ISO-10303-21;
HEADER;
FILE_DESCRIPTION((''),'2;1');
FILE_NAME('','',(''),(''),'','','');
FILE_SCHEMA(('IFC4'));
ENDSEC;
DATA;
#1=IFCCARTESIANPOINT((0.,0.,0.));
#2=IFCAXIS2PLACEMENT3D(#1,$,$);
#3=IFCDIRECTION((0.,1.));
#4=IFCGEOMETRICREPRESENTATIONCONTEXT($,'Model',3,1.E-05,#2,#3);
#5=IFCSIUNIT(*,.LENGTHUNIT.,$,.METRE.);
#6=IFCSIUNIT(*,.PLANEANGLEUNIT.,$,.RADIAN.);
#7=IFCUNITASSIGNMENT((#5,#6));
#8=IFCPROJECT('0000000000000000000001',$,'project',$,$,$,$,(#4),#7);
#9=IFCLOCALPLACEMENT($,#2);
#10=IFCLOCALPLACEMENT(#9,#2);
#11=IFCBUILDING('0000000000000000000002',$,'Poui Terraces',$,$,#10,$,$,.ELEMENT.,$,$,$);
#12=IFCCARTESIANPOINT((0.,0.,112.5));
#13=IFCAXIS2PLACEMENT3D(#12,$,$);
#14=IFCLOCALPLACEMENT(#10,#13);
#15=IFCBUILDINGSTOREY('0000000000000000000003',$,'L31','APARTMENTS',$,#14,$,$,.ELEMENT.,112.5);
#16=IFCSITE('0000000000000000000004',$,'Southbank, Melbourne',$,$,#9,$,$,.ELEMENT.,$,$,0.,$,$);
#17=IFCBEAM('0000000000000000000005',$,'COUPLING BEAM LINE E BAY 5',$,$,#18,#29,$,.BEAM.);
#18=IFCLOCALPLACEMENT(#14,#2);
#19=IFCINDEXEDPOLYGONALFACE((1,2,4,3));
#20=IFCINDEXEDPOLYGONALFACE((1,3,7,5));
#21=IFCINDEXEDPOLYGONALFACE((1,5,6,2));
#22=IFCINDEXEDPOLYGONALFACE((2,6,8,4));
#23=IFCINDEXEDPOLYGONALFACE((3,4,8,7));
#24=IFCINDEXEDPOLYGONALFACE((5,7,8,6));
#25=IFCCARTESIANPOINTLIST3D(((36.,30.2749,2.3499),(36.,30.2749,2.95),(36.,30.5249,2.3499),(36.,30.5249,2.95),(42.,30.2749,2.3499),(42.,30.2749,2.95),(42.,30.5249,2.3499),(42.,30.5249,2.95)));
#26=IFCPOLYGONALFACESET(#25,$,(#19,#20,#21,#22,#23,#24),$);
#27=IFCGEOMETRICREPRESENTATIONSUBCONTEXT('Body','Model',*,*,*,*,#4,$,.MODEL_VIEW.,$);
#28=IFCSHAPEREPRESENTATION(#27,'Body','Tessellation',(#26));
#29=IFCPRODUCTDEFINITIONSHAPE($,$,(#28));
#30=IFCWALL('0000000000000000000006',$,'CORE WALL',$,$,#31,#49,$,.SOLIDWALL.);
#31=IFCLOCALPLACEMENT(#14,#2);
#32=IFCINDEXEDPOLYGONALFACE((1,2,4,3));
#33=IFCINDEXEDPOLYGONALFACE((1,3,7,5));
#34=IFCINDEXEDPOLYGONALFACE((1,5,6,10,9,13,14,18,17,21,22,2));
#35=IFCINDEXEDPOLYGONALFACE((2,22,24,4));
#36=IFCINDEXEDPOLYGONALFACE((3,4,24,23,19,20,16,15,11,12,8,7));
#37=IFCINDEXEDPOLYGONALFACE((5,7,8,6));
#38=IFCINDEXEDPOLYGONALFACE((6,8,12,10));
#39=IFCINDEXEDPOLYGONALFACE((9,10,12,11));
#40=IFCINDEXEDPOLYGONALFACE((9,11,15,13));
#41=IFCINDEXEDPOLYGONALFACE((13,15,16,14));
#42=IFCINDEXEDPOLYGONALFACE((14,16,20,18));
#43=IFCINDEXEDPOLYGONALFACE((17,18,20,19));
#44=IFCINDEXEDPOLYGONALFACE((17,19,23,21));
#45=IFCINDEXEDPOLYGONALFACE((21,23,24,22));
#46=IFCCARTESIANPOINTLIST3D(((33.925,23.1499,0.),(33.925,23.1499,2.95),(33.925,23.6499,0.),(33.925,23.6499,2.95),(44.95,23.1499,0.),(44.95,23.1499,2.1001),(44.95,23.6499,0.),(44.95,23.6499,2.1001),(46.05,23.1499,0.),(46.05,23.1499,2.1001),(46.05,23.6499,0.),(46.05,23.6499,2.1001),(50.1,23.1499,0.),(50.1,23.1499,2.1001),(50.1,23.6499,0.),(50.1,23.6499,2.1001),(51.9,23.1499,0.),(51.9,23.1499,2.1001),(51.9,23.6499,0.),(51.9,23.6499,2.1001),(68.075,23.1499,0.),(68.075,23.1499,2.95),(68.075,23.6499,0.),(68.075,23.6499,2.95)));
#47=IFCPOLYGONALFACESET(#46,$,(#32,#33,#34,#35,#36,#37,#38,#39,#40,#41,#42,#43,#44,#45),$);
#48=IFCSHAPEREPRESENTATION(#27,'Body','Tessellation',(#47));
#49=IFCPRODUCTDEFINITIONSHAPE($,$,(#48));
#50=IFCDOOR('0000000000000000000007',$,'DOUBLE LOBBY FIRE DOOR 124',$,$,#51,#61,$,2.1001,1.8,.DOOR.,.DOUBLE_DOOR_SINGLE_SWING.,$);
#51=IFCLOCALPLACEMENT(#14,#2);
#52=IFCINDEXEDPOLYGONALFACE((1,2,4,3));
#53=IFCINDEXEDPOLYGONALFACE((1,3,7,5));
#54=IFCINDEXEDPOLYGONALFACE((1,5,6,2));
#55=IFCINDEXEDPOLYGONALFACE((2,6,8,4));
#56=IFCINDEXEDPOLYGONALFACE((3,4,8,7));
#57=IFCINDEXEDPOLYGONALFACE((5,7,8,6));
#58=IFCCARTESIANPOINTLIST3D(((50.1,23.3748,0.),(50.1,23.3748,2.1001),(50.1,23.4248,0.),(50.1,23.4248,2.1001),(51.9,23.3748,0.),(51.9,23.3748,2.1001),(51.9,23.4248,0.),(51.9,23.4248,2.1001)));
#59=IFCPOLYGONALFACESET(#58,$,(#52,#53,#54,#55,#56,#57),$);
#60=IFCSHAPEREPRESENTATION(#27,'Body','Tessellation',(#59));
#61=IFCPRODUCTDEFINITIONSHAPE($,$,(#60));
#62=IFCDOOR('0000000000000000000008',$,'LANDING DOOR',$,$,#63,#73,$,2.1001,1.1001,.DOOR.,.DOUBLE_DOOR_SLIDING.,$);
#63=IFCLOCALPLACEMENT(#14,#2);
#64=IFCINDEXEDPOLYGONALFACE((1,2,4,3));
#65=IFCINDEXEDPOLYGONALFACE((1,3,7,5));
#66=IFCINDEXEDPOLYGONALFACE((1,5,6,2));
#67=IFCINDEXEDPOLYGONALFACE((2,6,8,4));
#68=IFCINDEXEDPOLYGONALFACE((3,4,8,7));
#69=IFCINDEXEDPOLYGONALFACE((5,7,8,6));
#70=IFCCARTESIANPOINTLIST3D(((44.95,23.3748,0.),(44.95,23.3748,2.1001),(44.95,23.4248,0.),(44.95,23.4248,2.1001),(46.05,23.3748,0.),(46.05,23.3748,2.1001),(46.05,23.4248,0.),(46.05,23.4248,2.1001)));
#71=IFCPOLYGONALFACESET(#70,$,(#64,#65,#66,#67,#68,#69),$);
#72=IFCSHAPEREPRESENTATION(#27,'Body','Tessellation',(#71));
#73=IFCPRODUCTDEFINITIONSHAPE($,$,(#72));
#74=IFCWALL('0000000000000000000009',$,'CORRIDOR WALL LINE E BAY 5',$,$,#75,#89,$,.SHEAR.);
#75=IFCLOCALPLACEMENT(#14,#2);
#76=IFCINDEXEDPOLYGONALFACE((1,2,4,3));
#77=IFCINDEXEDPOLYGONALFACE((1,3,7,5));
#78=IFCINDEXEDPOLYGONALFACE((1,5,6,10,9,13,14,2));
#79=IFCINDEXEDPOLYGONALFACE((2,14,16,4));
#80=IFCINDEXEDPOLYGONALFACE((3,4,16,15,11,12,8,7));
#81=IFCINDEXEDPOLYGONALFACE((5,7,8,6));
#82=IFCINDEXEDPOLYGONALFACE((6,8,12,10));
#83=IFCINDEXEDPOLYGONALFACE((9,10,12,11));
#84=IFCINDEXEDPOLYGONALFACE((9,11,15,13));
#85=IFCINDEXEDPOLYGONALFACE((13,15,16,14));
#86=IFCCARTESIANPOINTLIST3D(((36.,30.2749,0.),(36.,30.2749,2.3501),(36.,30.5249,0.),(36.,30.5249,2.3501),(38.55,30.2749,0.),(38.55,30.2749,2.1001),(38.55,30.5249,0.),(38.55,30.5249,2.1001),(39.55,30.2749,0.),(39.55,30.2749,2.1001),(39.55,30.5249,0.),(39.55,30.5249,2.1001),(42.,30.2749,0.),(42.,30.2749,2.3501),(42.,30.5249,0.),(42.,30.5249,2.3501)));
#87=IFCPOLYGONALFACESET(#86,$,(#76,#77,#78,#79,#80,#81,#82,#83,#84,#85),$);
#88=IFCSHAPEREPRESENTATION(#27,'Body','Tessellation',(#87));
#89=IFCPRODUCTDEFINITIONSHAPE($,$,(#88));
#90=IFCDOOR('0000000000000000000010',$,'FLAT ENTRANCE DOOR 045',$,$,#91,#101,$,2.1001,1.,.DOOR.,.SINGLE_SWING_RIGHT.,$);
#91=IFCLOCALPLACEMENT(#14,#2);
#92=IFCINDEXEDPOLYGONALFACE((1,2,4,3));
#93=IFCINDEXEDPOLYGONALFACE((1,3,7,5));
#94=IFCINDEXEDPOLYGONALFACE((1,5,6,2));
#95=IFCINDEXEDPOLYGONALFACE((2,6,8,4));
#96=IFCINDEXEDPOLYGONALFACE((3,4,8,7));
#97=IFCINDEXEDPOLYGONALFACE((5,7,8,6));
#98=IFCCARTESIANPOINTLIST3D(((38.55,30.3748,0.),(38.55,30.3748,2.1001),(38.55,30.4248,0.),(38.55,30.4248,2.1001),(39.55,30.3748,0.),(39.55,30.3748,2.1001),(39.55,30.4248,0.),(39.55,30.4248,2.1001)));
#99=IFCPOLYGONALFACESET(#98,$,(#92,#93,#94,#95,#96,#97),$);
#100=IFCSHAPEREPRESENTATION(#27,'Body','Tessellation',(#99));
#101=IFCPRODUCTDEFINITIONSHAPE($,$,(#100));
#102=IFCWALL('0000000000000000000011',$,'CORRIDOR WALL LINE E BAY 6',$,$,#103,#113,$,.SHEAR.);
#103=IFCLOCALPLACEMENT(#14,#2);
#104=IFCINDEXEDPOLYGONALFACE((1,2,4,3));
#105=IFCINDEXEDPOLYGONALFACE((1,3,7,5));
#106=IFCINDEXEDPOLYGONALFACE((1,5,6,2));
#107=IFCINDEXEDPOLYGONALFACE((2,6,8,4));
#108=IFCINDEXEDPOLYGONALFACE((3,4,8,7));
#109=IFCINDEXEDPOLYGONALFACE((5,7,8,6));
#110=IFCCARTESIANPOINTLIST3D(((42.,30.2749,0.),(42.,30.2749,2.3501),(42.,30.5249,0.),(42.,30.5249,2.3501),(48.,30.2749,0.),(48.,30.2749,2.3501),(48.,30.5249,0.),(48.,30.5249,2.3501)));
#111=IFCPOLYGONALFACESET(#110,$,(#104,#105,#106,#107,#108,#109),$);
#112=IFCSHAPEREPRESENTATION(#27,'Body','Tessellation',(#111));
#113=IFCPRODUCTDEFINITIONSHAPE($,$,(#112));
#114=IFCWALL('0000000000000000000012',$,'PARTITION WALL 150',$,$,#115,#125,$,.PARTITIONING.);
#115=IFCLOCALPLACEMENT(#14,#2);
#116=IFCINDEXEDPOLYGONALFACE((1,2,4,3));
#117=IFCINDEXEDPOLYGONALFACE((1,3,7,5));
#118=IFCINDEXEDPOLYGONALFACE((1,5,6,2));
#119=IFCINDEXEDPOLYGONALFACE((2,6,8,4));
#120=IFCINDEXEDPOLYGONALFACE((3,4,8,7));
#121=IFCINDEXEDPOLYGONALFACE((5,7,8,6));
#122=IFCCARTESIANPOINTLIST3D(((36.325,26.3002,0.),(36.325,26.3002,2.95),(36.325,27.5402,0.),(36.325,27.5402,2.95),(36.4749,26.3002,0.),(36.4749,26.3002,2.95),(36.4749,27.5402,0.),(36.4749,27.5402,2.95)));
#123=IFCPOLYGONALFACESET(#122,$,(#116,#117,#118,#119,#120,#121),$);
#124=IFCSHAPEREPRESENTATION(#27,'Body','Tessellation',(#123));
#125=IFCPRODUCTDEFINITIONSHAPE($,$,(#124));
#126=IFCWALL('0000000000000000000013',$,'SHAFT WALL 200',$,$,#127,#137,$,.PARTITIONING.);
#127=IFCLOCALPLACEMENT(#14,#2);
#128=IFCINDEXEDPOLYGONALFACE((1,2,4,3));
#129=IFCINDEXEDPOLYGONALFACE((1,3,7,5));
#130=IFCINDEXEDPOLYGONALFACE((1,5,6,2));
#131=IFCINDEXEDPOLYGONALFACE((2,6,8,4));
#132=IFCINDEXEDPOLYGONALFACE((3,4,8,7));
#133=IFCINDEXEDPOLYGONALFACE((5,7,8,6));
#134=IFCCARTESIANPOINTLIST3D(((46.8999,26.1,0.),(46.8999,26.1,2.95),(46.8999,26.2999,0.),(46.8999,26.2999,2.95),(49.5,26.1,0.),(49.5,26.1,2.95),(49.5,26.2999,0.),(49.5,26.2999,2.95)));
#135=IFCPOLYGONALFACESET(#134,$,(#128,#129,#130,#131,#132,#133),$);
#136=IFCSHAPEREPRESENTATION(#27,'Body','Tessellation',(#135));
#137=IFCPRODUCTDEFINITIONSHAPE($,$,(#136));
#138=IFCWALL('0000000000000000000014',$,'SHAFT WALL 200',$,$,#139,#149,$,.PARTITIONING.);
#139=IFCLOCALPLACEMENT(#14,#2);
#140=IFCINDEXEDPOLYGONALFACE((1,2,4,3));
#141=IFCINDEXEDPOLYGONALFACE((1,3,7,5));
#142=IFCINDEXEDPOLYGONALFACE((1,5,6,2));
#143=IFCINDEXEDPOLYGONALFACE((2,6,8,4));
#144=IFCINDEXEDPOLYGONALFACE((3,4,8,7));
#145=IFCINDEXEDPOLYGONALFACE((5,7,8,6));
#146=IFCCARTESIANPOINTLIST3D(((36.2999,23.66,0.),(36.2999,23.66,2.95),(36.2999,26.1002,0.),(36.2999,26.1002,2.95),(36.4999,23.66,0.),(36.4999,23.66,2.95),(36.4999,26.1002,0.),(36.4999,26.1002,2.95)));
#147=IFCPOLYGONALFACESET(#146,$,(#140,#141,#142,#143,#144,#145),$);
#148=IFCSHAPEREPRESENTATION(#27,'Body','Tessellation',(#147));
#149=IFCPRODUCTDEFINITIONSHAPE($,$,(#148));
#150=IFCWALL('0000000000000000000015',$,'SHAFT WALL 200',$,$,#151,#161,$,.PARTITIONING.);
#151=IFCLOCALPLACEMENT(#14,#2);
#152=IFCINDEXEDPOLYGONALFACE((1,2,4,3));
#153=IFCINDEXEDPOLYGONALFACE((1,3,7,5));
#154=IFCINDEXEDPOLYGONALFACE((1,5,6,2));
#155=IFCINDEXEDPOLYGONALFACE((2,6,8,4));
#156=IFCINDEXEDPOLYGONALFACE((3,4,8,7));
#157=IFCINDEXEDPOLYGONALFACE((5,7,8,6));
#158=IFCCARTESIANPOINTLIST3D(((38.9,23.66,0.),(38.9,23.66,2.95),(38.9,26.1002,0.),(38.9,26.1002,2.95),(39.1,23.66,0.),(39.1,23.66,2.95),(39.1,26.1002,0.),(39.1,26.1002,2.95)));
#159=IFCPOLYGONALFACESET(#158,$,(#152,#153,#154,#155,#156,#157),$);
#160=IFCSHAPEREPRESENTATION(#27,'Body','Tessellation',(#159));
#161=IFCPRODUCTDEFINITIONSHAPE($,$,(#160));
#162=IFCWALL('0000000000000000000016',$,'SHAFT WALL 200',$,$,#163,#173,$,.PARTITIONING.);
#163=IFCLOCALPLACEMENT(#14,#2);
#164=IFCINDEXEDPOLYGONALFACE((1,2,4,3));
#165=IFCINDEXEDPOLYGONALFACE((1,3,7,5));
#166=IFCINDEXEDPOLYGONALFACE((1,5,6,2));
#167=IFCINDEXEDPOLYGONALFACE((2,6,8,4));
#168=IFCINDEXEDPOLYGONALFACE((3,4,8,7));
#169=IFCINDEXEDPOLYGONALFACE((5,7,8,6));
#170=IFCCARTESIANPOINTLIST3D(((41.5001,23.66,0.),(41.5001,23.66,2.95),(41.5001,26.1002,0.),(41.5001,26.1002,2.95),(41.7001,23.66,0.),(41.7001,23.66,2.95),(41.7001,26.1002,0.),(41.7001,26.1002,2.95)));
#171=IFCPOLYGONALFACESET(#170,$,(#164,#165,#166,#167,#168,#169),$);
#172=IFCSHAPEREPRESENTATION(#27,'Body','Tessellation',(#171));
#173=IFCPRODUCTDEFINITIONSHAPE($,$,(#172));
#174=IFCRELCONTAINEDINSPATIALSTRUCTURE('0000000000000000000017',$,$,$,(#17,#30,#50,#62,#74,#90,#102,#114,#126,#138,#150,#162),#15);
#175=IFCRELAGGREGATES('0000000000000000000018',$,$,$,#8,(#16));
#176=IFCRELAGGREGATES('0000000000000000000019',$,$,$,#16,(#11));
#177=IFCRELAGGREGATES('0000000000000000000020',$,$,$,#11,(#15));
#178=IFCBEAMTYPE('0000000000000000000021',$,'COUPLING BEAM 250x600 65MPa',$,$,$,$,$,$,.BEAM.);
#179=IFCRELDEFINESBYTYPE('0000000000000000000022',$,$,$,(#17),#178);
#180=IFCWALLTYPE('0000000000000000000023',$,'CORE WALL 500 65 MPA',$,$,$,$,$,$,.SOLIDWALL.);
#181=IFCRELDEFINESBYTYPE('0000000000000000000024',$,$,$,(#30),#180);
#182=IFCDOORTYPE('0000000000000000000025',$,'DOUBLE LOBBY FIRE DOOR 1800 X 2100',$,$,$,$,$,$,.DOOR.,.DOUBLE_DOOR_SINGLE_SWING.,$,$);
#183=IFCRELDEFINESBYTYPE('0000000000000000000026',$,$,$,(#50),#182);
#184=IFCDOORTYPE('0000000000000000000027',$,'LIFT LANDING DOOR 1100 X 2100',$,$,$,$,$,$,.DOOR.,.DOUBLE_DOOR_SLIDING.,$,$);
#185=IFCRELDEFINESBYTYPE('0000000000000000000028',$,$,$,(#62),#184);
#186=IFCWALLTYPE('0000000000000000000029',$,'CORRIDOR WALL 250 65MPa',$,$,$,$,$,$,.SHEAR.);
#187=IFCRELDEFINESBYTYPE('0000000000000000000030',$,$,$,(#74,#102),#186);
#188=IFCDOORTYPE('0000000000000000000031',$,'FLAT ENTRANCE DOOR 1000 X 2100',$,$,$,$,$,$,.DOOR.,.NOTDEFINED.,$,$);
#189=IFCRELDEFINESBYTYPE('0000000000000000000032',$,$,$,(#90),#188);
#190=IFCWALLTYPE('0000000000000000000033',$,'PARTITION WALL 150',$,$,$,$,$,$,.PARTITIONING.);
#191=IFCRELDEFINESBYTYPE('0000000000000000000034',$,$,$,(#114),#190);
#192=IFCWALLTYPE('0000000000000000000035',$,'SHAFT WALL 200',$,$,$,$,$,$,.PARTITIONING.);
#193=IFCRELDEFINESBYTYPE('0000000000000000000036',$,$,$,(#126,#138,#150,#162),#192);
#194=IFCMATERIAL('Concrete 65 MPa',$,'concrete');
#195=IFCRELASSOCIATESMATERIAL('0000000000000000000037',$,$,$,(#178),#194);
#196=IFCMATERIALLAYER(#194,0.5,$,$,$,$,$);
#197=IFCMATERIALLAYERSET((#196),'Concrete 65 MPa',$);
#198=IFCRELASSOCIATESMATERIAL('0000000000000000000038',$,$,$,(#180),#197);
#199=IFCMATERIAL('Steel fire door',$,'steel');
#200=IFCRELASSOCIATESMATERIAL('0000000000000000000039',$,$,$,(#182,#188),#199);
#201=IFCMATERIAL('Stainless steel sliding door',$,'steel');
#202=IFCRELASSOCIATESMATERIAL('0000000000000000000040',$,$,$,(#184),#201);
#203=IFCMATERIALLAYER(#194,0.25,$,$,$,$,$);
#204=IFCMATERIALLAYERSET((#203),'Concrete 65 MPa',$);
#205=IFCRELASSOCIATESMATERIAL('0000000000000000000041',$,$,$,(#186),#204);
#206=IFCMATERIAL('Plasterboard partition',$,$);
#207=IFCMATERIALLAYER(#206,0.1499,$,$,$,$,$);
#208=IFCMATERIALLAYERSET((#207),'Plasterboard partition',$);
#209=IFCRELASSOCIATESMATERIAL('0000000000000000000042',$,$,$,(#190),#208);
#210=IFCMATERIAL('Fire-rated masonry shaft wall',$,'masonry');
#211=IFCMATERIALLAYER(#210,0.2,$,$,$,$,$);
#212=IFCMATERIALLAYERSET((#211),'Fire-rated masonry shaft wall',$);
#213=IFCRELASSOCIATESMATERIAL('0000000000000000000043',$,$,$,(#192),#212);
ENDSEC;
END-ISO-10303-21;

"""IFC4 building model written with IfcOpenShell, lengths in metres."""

from ifc_helpers import new_model, si_unit, direction, frame, frame_2d, origin, origin_2d, place, context, subcontext, project, spatial, rectangle, extrude, source, transform, mapped, material, layer, layer_set, material_profile, profile_set, type_object, element, fill, save


model = new_model("IFC4")

# Units and contexts
model_context = context("Model", 3, precision=1e-05, world=origin(), true_north=direction((0.0, 1.0)))
body_context = subcontext(model_context, "Body", "Model", "MODEL_VIEW")
ifc_project = project(units=[si_unit("LENGTHUNIT", "METRE"), si_unit("PLANEANGLEUNIT", "RADIAN")], contexts=[model_context])

# Site, building, storey
site_placement = place(None, origin())
site = spatial("IfcSite", under=ifc_project, at=site_placement, Name="Southbank, Melbourne", CompositionType="ELEMENT", RefElevation=0.0)
building_placement = place(site_placement, origin())
building = spatial("IfcBuilding", under=site, at=building_placement, Name="Poui Terraces", CompositionType="ELEMENT")
storey_placement = place(building_placement, frame((0.0, 0.0, 112.5)))
storey = spatial("IfcBuildingStorey", under=building, at=storey_placement, Name="L31", Description="APARTMENTS", CompositionType="ELEMENT", Elevation=112.5)

# Beam
ifc_material_1 = material(Name="Concrete 65 MPa", Category="concrete")
ifc_material_profile = material_profile(ifc_material_1, rectangle(XDim=0.25, YDim=0.6001, at=origin_2d()), Name="RC 250x600")
ifc_profile_set = profile_set([ifc_material_profile], Name="Concrete 65 MPa")
beam_type = type_object("IfcBeamType", Name="COUPLING BEAM 250x600 65MPa", PredefinedType="BEAM", material=ifc_profile_set)
shared_shape = source(origin(), body_context, "Body", "SweptSolid", [
    extrude(rectangle(XDim=0.25, YDim=0.6001, at=origin_2d()), origin(), (0.0, 0.0, 1.0), 6.0),
])
beam_placement = place(storey_placement, frame((36.0, 30.3999, 2.6499), z_axis=(1.0, 0.0, 0.0), x_axis=(0.0, 1.0, 0.0)))
element("IfcBeam", 1, at=beam_placement, inside=storey, type_object=beam_type, Name="COUPLING BEAM LINE E BAY 5", PredefinedType="BEAM", context=body_context, shape_type="MappedRepresentation", body=[
    mapped(shared_shape, transform((0.0, 0.0, 0.0))),
])

# Wall, openings, doors
ifc_layer_1 = layer(ifc_material_1, 0.5)
ifc_layer_set_1 = layer_set([ifc_layer_1], Name="Concrete 65 MPa")
wall_type_1 = type_object("IfcWallType", Name="CORE WALL 500 65 MPA", PredefinedType="SOLIDWALL", material=ifc_layer_set_1)
ifc_material_2 = material(Name="Steel fire door", Category="steel")
door_type_1 = type_object("IfcDoorType", Name="DOUBLE LOBBY FIRE DOOR 1800 X 2100", OperationType="DOUBLE_DOOR_SINGLE_SWING", PredefinedType="DOOR", material=ifc_material_2)
ifc_material_3 = material(Name="Stainless steel sliding door", Category="steel")
door_type_2 = type_object("IfcDoorType", Name="LIFT LANDING DOOR 1100 X 2100", OperationType="DOUBLE_DOOR_SLIDING", PredefinedType="DOOR", material=ifc_material_3)
wall_1_placement = place(storey_placement, frame((33.925, 23.3999, 0.0), z_axis=(0.0, 0.0, 1.0), x_axis=(1.0, 0.0, 0.0)))
wall_1 = element("IfcWall", 2, at=wall_1_placement, inside=storey, type_object=wall_type_1, Name="CORE WALL", PredefinedType="SOLIDWALL", context=body_context, shape_type="SweptSolid", body=[
    extrude(rectangle(XDim=34.1499, YDim=0.5, at=frame_2d((17.075, 0.0))), origin(), (0.0, 0.0, 1.0), 2.95),
])
opening_1_placement = place(wall_1_placement, frame((16.175, 0.0, 0.0)))
opening_1 = element("IfcOpeningElement", 3, at=opening_1_placement, cuts=wall_1, PredefinedType="OPENING", context=body_context, shape_type="SweptSolid", body=[
    extrude(rectangle(XDim=1.8, YDim=2.1001, at=frame_2d((0.8999, 1.05))), frame((0.0, 0.26, 0.0), z_axis=(0.0, -1.0, 0.0), x_axis=(1.0, 0.0, 0.0)), (0.0, 0.0, 1.0), 0.52),
])
opening_2_placement = place(wall_1_placement, frame((11.0249, 0.0, 0.0)))
opening_2 = element("IfcOpeningElement", 4, at=opening_2_placement, cuts=wall_1, PredefinedType="OPENING", context=body_context, shape_type="SweptSolid", body=[
    extrude(rectangle(XDim=1.1001, YDim=2.1001, at=frame_2d((0.55, 1.05))), frame((0.0, 0.26, 0.0), z_axis=(0.0, -1.0, 0.0), x_axis=(1.0, 0.0, 0.0)), (0.0, 0.0, 1.0), 0.52),
])
door_1_placement = place(opening_1_placement, origin())
door_1 = element("IfcDoor", 5, at=door_1_placement, inside=storey, type_object=door_type_1, Name="DOUBLE LOBBY FIRE DOOR 124", OperationType="DOUBLE_DOOR_SINGLE_SWING", OverallHeight=2.1001, OverallWidth=1.8, PredefinedType="DOOR", context=body_context, shape_type="SweptSolid", body=[
    extrude(rectangle(XDim=1.8, YDim=2.1001, at=frame_2d((0.8999, 1.05))), frame((0.0, 0.0249, 0.0), z_axis=(0.0, -1.0, 0.0), x_axis=(1.0, 0.0, 0.0)), (0.0, 0.0, 1.0), 0.05),
])
fill(opening_1, door_1)
door_2_placement = place(opening_2_placement, origin())
door_2 = element("IfcDoor", 6, at=door_2_placement, inside=storey, type_object=door_type_2, Name="LANDING DOOR", OperationType="DOUBLE_DOOR_SLIDING", OverallHeight=2.1001, OverallWidth=1.1001, PredefinedType="DOOR", context=body_context, shape_type="SweptSolid", body=[
    extrude(rectangle(XDim=1.1001, YDim=2.1001, at=frame_2d((0.55, 1.05))), frame((0.0, 0.0249, 0.0), z_axis=(0.0, -1.0, 0.0), x_axis=(1.0, 0.0, 0.0)), (0.0, 0.0, 1.0), 0.05),
])
fill(opening_2, door_2)

# Wall, opening, door
ifc_layer_2 = layer(ifc_material_1, 0.25)
ifc_layer_set_2 = layer_set([ifc_layer_2], Name="Concrete 65 MPa")
wall_type_2 = type_object("IfcWallType", Name="CORRIDOR WALL 250 65MPa", PredefinedType="SHEAR", material=ifc_layer_set_2)
wall_2_placement = place(storey_placement, frame((36.0, 30.3999, 0.0), z_axis=(0.0, 0.0, 1.0), x_axis=(1.0, 0.0, 0.0)))
wall_2 = element("IfcWall", 7, at=wall_2_placement, inside=storey, type_object=wall_type_2, Name="CORRIDOR WALL LINE E BAY 5", PredefinedType="SHEAR", context=body_context, shape_type="SweptSolid", body=[
    extrude(rectangle(XDim=6.0, YDim=0.25, at=frame_2d((3.0, 0.0))), origin(), (0.0, 0.0, 1.0), 2.3501),
])
opening_3_placement = place(wall_2_placement, frame((2.55, 0.0, 0.0)))
opening_3 = element("IfcOpeningElement", 8, at=opening_3_placement, cuts=wall_2, PredefinedType="OPENING", context=body_context, shape_type="SweptSolid", body=[
    extrude(rectangle(XDim=1.0, YDim=2.1001, at=frame_2d((0.5, 1.05))), frame((0.0, 0.135, 0.0), z_axis=(0.0, -1.0, 0.0), x_axis=(1.0, 0.0, 0.0)), (0.0, 0.0, 1.0), 0.27),
])
door_type_3 = type_object("IfcDoorType", Name="FLAT ENTRANCE DOOR 1000 X 2100", OperationType="NOTDEFINED", PredefinedType="DOOR", material=ifc_material_2)
door_3_placement = place(opening_3_placement, origin())
door_3 = element("IfcDoor", 9, at=door_3_placement, inside=storey, type_object=door_type_3, Name="FLAT ENTRANCE DOOR 045", OperationType="SINGLE_SWING_RIGHT", OverallHeight=2.1001, OverallWidth=1.0, PredefinedType="DOOR", context=body_context, shape_type="SweptSolid", body=[
    extrude(rectangle(XDim=1.0, YDim=2.1001, at=frame_2d((0.5, 1.05))), frame((0.0, 0.0249, 0.0), z_axis=(0.0, -1.0, 0.0), x_axis=(1.0, 0.0, 0.0)), (0.0, 0.0, 1.0), 0.05),
])
fill(opening_3, door_3)

# Walls
wall_3_placement = place(storey_placement, frame((42.0, 30.3999, 0.0), z_axis=(0.0, 0.0, 1.0), x_axis=(1.0, 0.0, 0.0)))
element("IfcWall", 10, at=wall_3_placement, inside=storey, type_object=wall_type_2, Name="CORRIDOR WALL LINE E BAY 6", PredefinedType="SHEAR", context=body_context, shape_type="SweptSolid", body=[
    extrude(rectangle(XDim=6.0, YDim=0.25, at=frame_2d((3.0, 0.0))), origin(), (0.0, 0.0, 1.0), 2.3501),
])
ifc_material_4 = material(Name="Plasterboard partition")
ifc_layer_3 = layer(ifc_material_4, 0.1499)
ifc_layer_set_3 = layer_set([ifc_layer_3], Name="Plasterboard partition")
wall_type_3 = type_object("IfcWallType", Name="PARTITION WALL 150", PredefinedType="PARTITIONING", material=ifc_layer_set_3)
wall_4_placement = place(storey_placement, frame((36.3999, 26.3, 0.0), z_axis=(0.0, 0.0, 1.0), x_axis=(0.0, 1.0, 0.0)))
element("IfcWall", 11, at=wall_4_placement, inside=storey, type_object=wall_type_3, Name="PARTITION WALL 150", PredefinedType="PARTITIONING", context=body_context, shape_type="SweptSolid", body=[
    extrude(rectangle(XDim=1.24, YDim=0.1499, at=frame_2d((0.6201, 0.0))), origin(), (0.0, 0.0, 1.0), 2.95),
])
ifc_material_5 = material(Name="Fire-rated masonry shaft wall", Category="masonry")
ifc_layer_4 = layer(ifc_material_5, 0.2)
ifc_layer_set_4 = layer_set([ifc_layer_4], Name="Fire-rated masonry shaft wall")
wall_type_4 = type_object("IfcWallType", Name="SHAFT WALL 200", PredefinedType="PARTITIONING", material=ifc_layer_set_4)
wall_5_placement = place(storey_placement, frame((46.8999, 26.2, 0.0), z_axis=(0.0, 0.0, 1.0), x_axis=(1.0, 0.0, 0.0)))
element("IfcWall", 12, at=wall_5_placement, inside=storey, type_object=wall_type_4, Name="SHAFT WALL 200", PredefinedType="PARTITIONING", context=body_context, shape_type="SweptSolid", body=[
    extrude(rectangle(XDim=2.6001, YDim=0.2, at=frame_2d((1.3, 0.0))), origin(), (0.0, 0.0, 1.0), 2.95),
])
for number, where, z_axis, x_axis, name in (
    (13, (36.3999, 23.6599, 0.0), (0.0, 0.0, 1.0), (0.0, 1.0, 0.0), "SHAFT WALL 200"),
    (14, (39.0, 23.6599, 0.0), (0.0, 0.0, 1.0), (0.0, 1.0, 0.0), "SHAFT WALL 200"),
    (15, (41.6001, 23.6599, 0.0), (0.0, 0.0, 1.0), (0.0, 1.0, 0.0), "SHAFT WALL 200"),
):
    element("IfcWall", number, at=place(storey_placement, frame(where, z_axis=z_axis, x_axis=x_axis)), inside=storey, type_object=wall_type_4, Name=name, PredefinedType="PARTITIONING", context=body_context, shape_type="SweptSolid", body=[
        extrude(rectangle(XDim=2.4402, YDim=0.2, at=frame_2d((1.2202, 0.0))), origin(), (0.0, 0.0, 1.0), 2.95),
    ])

save(model, "model.ifc")
